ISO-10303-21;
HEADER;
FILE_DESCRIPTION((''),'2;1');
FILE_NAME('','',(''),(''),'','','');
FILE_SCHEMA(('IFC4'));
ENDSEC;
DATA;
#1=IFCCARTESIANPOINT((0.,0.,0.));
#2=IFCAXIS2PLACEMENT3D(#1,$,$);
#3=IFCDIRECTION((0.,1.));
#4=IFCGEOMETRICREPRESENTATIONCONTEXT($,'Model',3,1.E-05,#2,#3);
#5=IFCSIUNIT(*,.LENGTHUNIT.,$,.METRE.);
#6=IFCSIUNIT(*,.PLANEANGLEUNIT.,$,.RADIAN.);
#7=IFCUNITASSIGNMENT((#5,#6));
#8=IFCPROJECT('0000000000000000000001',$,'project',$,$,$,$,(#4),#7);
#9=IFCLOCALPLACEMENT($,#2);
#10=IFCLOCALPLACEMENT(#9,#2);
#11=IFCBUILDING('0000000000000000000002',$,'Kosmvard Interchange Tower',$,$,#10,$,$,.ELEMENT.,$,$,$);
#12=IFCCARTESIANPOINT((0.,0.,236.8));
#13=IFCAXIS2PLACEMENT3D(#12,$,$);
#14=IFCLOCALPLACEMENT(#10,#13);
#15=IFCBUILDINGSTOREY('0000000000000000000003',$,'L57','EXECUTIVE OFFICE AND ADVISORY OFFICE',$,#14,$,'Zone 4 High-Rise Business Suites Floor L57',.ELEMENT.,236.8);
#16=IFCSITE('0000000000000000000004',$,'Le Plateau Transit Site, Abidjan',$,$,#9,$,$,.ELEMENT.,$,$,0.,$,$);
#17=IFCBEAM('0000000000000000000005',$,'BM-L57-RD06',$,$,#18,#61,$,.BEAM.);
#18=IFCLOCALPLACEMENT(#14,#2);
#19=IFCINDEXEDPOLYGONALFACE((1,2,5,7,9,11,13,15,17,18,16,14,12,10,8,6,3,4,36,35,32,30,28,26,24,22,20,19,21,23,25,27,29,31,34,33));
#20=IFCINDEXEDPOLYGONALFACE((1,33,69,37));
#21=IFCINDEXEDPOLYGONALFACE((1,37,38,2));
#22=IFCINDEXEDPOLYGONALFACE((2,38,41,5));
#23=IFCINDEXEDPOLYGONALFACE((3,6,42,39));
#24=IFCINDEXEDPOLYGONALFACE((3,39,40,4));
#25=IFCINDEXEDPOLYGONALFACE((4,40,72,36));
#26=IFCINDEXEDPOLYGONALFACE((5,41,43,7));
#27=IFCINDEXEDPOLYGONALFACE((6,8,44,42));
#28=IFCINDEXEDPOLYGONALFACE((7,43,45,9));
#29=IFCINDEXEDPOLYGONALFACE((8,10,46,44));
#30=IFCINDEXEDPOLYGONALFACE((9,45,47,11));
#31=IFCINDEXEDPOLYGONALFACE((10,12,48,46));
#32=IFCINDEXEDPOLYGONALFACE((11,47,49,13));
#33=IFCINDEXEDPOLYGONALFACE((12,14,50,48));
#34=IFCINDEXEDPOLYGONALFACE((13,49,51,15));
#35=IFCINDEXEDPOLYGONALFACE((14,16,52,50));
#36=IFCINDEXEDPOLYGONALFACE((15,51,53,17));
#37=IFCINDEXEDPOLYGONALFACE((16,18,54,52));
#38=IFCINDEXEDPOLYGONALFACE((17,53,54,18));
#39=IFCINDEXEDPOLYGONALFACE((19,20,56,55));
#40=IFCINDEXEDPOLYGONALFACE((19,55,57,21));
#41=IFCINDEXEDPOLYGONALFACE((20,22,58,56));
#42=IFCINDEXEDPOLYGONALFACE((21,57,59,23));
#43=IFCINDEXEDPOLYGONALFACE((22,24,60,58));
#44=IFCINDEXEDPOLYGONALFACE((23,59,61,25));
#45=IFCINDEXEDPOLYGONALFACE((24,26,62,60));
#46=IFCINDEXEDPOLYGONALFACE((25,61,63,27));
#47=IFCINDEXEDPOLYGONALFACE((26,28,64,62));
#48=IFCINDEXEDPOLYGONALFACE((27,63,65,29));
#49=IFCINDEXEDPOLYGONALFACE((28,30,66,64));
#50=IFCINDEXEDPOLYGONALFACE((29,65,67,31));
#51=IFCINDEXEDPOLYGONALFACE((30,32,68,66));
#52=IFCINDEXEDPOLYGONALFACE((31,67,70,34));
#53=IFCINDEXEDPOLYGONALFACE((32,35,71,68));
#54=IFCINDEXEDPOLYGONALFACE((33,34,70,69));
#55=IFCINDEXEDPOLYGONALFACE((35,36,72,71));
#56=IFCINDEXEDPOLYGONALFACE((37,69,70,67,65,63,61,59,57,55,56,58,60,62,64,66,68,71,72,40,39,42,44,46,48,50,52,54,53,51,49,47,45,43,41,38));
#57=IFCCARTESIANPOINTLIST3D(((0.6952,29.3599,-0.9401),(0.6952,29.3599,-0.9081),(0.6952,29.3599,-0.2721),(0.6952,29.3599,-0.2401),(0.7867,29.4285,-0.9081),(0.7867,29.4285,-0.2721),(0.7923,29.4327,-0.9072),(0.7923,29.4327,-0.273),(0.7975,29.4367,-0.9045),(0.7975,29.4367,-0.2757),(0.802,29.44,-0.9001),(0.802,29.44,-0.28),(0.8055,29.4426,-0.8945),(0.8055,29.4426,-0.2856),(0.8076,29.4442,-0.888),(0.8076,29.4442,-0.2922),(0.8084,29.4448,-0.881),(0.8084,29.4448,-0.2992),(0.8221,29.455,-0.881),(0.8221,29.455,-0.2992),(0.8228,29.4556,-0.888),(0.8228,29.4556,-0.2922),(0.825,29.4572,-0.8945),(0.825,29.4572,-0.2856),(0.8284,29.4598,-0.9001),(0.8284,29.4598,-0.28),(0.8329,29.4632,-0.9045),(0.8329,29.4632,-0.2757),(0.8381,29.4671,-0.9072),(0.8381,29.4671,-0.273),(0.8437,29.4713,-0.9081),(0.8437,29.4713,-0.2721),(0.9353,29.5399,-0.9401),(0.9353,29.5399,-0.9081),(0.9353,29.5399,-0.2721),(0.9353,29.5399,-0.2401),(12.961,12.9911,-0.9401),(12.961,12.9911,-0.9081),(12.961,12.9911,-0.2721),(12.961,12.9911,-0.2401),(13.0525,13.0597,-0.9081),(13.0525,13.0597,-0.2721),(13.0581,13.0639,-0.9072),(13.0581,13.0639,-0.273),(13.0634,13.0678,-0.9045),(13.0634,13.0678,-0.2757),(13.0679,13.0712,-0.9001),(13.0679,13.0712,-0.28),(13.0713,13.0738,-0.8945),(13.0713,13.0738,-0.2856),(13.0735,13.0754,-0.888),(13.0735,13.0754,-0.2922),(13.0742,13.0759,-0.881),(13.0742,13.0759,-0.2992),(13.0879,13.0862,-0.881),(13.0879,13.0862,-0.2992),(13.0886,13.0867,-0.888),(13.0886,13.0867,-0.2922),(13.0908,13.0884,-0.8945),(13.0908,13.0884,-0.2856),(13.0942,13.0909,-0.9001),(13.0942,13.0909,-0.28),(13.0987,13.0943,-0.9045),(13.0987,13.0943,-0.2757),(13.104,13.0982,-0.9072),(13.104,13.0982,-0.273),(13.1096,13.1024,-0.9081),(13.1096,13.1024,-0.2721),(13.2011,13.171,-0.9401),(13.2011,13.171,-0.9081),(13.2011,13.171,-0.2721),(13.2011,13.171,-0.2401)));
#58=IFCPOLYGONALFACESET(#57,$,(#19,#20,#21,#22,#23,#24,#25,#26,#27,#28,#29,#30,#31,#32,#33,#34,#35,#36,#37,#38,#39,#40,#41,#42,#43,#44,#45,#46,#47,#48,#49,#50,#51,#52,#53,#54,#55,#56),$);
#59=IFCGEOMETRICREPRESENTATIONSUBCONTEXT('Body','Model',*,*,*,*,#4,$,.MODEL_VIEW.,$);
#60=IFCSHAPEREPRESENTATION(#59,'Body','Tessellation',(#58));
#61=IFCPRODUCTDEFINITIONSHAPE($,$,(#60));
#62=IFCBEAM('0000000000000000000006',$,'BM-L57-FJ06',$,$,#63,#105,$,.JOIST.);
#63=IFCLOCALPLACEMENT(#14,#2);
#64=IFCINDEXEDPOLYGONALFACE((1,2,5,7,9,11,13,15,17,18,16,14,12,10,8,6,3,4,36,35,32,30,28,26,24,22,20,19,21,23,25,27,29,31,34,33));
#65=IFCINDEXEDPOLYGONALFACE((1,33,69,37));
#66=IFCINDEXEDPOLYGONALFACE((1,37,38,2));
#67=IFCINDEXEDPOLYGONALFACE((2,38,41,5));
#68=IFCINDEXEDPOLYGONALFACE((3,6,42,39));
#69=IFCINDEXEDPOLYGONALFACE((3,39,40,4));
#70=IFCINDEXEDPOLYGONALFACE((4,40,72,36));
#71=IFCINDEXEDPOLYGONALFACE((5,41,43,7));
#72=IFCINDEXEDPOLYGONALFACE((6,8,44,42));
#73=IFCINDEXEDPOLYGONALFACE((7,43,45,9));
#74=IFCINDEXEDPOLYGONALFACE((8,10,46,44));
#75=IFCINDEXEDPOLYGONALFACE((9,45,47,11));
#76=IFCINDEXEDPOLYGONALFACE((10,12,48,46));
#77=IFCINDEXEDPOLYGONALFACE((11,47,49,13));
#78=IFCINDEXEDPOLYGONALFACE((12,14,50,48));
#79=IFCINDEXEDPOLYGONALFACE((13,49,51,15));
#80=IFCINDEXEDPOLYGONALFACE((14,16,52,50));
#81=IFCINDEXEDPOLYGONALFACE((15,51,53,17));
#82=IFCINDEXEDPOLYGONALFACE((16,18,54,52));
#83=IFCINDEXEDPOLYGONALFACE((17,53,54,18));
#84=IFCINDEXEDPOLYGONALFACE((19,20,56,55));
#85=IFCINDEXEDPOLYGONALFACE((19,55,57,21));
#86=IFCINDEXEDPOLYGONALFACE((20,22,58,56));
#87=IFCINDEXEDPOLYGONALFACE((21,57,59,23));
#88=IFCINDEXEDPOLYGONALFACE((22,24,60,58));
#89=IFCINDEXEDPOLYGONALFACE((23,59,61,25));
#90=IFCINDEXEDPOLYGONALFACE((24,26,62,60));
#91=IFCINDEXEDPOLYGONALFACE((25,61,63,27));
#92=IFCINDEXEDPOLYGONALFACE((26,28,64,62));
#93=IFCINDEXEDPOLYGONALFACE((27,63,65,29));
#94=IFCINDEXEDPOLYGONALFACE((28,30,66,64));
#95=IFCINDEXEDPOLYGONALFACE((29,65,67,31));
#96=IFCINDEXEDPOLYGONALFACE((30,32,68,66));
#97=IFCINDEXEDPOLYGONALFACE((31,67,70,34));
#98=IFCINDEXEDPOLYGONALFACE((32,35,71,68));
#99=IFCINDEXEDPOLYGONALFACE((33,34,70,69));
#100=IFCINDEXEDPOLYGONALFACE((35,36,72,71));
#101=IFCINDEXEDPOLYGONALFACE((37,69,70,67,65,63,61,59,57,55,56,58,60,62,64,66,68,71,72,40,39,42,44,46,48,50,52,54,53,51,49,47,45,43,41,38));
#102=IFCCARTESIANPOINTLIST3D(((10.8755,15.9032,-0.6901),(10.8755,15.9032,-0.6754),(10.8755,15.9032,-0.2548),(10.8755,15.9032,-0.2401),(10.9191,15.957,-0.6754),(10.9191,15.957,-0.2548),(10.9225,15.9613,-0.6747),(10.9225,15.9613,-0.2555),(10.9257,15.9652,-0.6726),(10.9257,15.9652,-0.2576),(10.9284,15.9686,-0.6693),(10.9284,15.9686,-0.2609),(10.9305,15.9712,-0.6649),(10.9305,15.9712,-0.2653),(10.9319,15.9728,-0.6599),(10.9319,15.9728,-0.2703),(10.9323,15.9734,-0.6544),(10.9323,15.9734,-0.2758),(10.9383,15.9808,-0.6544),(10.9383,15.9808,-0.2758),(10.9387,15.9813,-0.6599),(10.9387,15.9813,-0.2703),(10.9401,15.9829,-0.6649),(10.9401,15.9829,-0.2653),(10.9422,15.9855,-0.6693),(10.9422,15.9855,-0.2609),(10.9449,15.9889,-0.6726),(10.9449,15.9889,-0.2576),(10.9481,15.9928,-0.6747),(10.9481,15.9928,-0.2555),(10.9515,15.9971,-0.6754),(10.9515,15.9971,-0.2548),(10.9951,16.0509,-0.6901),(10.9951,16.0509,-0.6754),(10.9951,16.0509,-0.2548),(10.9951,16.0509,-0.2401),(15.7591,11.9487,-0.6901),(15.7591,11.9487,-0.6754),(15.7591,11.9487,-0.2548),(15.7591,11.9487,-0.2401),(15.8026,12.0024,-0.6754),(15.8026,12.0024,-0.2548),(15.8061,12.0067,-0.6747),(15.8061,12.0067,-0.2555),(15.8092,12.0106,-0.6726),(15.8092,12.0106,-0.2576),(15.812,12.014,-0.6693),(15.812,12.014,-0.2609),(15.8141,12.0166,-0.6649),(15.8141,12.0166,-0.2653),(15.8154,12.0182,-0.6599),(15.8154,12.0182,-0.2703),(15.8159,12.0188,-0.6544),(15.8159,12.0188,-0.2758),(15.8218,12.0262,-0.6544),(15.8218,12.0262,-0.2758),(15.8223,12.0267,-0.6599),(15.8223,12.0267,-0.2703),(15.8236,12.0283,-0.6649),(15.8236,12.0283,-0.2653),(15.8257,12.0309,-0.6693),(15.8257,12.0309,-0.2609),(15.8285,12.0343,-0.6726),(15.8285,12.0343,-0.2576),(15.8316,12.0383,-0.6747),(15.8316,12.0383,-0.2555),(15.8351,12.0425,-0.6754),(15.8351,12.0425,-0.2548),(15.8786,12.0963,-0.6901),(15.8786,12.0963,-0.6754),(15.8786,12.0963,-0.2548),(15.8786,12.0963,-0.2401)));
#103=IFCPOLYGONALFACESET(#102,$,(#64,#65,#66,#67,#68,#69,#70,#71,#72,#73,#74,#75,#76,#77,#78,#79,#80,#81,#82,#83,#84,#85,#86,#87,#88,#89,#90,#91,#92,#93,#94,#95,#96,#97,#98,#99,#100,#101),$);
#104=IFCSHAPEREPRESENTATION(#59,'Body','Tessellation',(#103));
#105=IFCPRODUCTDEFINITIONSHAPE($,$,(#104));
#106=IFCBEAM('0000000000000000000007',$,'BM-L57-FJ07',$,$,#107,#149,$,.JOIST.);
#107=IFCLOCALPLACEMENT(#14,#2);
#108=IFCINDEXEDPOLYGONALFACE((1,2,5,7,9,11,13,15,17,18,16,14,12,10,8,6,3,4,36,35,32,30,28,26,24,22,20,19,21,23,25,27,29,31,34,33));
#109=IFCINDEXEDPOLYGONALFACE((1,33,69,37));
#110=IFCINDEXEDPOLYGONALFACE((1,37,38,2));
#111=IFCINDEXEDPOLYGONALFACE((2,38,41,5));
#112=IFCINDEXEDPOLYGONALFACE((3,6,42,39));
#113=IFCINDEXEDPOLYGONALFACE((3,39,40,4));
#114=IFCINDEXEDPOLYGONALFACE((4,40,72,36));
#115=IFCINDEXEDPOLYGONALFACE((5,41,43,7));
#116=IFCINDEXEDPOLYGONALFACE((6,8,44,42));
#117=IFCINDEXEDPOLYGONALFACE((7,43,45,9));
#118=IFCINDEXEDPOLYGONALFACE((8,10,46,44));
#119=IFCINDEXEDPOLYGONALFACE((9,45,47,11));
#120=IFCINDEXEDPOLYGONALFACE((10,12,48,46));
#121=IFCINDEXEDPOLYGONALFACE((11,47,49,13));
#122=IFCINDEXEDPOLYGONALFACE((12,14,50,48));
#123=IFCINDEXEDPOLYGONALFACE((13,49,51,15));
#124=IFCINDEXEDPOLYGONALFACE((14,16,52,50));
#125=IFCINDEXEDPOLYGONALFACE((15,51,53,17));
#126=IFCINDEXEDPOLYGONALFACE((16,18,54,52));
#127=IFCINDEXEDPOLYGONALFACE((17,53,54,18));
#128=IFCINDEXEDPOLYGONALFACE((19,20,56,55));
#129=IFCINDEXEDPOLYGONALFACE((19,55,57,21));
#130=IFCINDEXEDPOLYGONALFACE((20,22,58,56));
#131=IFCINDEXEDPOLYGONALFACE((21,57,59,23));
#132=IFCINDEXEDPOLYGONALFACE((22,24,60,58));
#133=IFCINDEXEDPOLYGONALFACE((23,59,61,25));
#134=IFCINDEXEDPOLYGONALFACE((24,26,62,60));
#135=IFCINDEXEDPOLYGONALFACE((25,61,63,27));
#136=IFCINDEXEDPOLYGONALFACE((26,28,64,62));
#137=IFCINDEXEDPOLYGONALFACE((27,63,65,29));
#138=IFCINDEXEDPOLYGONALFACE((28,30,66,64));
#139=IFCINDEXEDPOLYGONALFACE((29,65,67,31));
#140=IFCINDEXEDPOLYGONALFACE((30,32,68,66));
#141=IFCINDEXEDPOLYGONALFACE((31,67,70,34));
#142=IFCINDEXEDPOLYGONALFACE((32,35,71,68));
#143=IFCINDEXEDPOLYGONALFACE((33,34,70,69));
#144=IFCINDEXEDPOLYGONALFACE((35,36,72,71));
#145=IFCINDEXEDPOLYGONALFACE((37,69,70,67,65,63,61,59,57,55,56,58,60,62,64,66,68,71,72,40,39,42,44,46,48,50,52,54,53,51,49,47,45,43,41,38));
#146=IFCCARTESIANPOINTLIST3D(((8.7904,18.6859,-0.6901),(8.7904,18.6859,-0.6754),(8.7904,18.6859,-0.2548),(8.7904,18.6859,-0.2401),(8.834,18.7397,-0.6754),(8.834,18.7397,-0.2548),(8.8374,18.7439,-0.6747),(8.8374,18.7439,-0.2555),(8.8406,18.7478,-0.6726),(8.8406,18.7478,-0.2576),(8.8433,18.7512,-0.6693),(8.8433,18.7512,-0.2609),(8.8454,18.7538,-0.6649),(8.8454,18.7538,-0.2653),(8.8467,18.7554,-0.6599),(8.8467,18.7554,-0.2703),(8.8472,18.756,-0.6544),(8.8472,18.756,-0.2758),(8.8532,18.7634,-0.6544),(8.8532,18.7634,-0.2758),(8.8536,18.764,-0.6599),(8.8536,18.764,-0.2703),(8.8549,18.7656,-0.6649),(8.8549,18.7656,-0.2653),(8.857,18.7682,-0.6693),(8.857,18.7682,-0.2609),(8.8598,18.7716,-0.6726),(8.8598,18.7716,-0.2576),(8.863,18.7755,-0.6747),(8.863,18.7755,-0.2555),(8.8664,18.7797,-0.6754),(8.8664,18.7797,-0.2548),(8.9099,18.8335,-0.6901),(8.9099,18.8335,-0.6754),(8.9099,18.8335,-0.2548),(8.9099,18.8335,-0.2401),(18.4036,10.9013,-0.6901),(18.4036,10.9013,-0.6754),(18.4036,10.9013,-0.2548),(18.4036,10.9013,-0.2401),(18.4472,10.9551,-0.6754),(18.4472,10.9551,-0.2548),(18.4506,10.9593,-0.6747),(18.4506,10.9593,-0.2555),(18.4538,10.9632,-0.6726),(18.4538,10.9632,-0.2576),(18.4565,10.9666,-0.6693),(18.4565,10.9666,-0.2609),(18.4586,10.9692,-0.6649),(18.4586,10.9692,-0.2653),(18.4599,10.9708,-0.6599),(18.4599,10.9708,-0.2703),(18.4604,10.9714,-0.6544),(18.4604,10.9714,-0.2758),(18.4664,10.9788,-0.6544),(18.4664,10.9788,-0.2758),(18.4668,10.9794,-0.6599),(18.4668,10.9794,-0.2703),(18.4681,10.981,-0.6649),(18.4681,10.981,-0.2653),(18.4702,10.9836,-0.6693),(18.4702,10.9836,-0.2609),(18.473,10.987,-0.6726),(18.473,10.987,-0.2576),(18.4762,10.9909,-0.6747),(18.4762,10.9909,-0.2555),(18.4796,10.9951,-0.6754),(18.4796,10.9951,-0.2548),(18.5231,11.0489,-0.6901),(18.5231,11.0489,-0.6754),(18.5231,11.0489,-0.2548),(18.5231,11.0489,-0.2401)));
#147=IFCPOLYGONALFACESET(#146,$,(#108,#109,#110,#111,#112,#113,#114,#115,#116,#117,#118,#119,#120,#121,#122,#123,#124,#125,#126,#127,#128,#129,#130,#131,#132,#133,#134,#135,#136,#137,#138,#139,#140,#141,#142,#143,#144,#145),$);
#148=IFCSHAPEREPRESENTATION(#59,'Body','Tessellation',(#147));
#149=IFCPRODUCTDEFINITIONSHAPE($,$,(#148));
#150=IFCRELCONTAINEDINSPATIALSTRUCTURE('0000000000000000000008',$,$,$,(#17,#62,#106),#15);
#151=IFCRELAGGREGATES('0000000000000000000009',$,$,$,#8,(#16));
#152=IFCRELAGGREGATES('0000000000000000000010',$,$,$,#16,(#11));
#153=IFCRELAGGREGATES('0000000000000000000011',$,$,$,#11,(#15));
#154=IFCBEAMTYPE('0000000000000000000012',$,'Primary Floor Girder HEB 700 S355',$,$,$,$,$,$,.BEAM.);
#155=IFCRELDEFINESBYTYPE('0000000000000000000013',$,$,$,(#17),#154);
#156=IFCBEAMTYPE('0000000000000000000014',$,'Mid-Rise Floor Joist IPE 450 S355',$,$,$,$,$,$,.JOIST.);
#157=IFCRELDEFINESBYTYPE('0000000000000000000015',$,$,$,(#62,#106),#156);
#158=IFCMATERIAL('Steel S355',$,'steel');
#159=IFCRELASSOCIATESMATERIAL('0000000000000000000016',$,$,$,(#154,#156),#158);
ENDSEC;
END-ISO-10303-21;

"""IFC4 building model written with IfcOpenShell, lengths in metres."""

from ifc_helpers import new_model, si_unit, direction, frame, origin, origin_2d, place, context, subcontext, project, spatial, i_section, extrude, source, transform, mapped, material, material_profile, profile_set, type_object, element, save


model = new_model("IFC4")

# Units and contexts
model_context = context("Model", 3, precision=1e-05, world=origin(), true_north=direction((0.0, 1.0)))
body_context = subcontext(model_context, "Body", "Model", "MODEL_VIEW")
ifc_project = project(units=[si_unit("LENGTHUNIT", "METRE"), si_unit("PLANEANGLEUNIT", "RADIAN")], contexts=[model_context])

# Site, building, storey
site_placement = place(None, origin())
site = spatial("IfcSite", under=ifc_project, at=site_placement, Name="Le Plateau Transit Site, Abidjan", CompositionType="ELEMENT", RefElevation=0.0)
building_placement = place(site_placement, origin())
building = spatial("IfcBuilding", under=site, at=building_placement, Name="Kosmvard Interchange Tower", CompositionType="ELEMENT")
storey_placement = place(building_placement, frame((0.0, 0.0, 236.8)))
storey = spatial("IfcBuildingStorey", under=building, at=storey_placement, Name="L57", Description="EXECUTIVE OFFICE AND ADVISORY OFFICE", LongName="Zone 4 High-Rise Business Suites Floor L57", CompositionType="ELEMENT", Elevation=236.8)

# Beams
ifc_material_1 = material(Name="Steel S355", Category="steel")
ifc_material_profile_1 = material_profile(ifc_material_1, i_section(OverallWidth=0.3, OverallDepth=0.7, WebThickness=0.0171, FlangeThickness=0.032, FilletRadius=0.0271, at=origin_2d()), Name="HEB 700")
ifc_profile_set_1 = profile_set([ifc_material_profile_1], Name="Steel S355")
beam_type_1 = type_object("IfcBeamType", Name="Primary Floor Girder HEB 700 S355", PredefinedType="BEAM", material=ifc_profile_set_1)
shared_shape_1 = source(origin(), body_context, "Body", "SweptSolid", [
    extrude(i_section(OverallWidth=0.3, OverallDepth=0.7, WebThickness=0.0171, FlangeThickness=0.032, FilletRadius=0.0271, at=origin_2d()), origin(), (0.0, 0.0, 1.0), 20.4546),
])
beam_1_placement = place(storey_placement, frame((13.0811, 13.0811, -0.5901), z_axis=(-0.599662, 0.800253, 0.0), x_axis=(-0.800253, -0.599662, 0.0)))
element("IfcBeam", 1, at=beam_1_placement, inside=storey, type_object=beam_type_1, Name="BM-L57-RD06", PredefinedType="BEAM", context=body_context, shape_type="MappedRepresentation", body=[
    mapped(shared_shape_1, transform((0.0, 0.0, 0.0), scale=1.0)),
])
ifc_material_profile_2 = material_profile(ifc_material_1, i_section(OverallWidth=0.1899, OverallDepth=0.45, WebThickness=0.0095, FlangeThickness=0.0146, FilletRadius=0.021, at=origin_2d()), Name="IPE 450")
ifc_profile_set_2 = profile_set([ifc_material_profile_2], Name="Steel S355")
beam_type_2 = type_object("IfcBeamType", Name="Mid-Rise Floor Joist IPE 450 S355", PredefinedType="JOIST", material=ifc_profile_set_2)
shared_shape_2 = source(origin(), body_context, "Body", "SweptSolid", [
    extrude(i_section(OverallWidth=0.1899, OverallDepth=0.45, WebThickness=0.0095, FlangeThickness=0.0146, FilletRadius=0.021, at=origin_2d()), origin(), (0.0, 0.0, 1.0), 6.2839),
])
beam_2_placement = place(storey_placement, frame((15.8188, 12.0225, -0.4651), z_axis=(-0.777148, 0.629318, 0.0), x_axis=(-0.629318, -0.777148, 0.0)))
element("IfcBeam", 2, at=beam_2_placement, inside=storey, type_object=beam_type_2, Name="BM-L57-FJ06", PredefinedType="JOIST", context=body_context, shape_type="MappedRepresentation", body=[
    mapped(shared_shape_2, transform((0.0, 0.0, 0.0), scale=1.0)),
])
shared_shape_3 = source(origin(), body_context, "Body", "SweptSolid", [
    extrude(i_section(OverallWidth=0.1899, OverallDepth=0.45, WebThickness=0.0095, FlangeThickness=0.0146, FilletRadius=0.021, at=origin_2d()), origin(), (0.0, 0.0, 1.0), 12.3699),
])
beam_3_placement = place(storey_placement, frame((18.4634, 10.9751, -0.4651), z_axis=(-0.777147, 0.62932, 0.0), x_axis=(-0.62932, -0.777147, 0.0)))
element("IfcBeam", 3, at=beam_3_placement, inside=storey, type_object=beam_type_2, Name="BM-L57-FJ07", PredefinedType="JOIST", context=body_context, shape_type="MappedRepresentation", body=[
    mapped(shared_shape_3, transform((0.0, 0.0, 0.0), scale=1.0)),
])

save(model, "model.ifc")
